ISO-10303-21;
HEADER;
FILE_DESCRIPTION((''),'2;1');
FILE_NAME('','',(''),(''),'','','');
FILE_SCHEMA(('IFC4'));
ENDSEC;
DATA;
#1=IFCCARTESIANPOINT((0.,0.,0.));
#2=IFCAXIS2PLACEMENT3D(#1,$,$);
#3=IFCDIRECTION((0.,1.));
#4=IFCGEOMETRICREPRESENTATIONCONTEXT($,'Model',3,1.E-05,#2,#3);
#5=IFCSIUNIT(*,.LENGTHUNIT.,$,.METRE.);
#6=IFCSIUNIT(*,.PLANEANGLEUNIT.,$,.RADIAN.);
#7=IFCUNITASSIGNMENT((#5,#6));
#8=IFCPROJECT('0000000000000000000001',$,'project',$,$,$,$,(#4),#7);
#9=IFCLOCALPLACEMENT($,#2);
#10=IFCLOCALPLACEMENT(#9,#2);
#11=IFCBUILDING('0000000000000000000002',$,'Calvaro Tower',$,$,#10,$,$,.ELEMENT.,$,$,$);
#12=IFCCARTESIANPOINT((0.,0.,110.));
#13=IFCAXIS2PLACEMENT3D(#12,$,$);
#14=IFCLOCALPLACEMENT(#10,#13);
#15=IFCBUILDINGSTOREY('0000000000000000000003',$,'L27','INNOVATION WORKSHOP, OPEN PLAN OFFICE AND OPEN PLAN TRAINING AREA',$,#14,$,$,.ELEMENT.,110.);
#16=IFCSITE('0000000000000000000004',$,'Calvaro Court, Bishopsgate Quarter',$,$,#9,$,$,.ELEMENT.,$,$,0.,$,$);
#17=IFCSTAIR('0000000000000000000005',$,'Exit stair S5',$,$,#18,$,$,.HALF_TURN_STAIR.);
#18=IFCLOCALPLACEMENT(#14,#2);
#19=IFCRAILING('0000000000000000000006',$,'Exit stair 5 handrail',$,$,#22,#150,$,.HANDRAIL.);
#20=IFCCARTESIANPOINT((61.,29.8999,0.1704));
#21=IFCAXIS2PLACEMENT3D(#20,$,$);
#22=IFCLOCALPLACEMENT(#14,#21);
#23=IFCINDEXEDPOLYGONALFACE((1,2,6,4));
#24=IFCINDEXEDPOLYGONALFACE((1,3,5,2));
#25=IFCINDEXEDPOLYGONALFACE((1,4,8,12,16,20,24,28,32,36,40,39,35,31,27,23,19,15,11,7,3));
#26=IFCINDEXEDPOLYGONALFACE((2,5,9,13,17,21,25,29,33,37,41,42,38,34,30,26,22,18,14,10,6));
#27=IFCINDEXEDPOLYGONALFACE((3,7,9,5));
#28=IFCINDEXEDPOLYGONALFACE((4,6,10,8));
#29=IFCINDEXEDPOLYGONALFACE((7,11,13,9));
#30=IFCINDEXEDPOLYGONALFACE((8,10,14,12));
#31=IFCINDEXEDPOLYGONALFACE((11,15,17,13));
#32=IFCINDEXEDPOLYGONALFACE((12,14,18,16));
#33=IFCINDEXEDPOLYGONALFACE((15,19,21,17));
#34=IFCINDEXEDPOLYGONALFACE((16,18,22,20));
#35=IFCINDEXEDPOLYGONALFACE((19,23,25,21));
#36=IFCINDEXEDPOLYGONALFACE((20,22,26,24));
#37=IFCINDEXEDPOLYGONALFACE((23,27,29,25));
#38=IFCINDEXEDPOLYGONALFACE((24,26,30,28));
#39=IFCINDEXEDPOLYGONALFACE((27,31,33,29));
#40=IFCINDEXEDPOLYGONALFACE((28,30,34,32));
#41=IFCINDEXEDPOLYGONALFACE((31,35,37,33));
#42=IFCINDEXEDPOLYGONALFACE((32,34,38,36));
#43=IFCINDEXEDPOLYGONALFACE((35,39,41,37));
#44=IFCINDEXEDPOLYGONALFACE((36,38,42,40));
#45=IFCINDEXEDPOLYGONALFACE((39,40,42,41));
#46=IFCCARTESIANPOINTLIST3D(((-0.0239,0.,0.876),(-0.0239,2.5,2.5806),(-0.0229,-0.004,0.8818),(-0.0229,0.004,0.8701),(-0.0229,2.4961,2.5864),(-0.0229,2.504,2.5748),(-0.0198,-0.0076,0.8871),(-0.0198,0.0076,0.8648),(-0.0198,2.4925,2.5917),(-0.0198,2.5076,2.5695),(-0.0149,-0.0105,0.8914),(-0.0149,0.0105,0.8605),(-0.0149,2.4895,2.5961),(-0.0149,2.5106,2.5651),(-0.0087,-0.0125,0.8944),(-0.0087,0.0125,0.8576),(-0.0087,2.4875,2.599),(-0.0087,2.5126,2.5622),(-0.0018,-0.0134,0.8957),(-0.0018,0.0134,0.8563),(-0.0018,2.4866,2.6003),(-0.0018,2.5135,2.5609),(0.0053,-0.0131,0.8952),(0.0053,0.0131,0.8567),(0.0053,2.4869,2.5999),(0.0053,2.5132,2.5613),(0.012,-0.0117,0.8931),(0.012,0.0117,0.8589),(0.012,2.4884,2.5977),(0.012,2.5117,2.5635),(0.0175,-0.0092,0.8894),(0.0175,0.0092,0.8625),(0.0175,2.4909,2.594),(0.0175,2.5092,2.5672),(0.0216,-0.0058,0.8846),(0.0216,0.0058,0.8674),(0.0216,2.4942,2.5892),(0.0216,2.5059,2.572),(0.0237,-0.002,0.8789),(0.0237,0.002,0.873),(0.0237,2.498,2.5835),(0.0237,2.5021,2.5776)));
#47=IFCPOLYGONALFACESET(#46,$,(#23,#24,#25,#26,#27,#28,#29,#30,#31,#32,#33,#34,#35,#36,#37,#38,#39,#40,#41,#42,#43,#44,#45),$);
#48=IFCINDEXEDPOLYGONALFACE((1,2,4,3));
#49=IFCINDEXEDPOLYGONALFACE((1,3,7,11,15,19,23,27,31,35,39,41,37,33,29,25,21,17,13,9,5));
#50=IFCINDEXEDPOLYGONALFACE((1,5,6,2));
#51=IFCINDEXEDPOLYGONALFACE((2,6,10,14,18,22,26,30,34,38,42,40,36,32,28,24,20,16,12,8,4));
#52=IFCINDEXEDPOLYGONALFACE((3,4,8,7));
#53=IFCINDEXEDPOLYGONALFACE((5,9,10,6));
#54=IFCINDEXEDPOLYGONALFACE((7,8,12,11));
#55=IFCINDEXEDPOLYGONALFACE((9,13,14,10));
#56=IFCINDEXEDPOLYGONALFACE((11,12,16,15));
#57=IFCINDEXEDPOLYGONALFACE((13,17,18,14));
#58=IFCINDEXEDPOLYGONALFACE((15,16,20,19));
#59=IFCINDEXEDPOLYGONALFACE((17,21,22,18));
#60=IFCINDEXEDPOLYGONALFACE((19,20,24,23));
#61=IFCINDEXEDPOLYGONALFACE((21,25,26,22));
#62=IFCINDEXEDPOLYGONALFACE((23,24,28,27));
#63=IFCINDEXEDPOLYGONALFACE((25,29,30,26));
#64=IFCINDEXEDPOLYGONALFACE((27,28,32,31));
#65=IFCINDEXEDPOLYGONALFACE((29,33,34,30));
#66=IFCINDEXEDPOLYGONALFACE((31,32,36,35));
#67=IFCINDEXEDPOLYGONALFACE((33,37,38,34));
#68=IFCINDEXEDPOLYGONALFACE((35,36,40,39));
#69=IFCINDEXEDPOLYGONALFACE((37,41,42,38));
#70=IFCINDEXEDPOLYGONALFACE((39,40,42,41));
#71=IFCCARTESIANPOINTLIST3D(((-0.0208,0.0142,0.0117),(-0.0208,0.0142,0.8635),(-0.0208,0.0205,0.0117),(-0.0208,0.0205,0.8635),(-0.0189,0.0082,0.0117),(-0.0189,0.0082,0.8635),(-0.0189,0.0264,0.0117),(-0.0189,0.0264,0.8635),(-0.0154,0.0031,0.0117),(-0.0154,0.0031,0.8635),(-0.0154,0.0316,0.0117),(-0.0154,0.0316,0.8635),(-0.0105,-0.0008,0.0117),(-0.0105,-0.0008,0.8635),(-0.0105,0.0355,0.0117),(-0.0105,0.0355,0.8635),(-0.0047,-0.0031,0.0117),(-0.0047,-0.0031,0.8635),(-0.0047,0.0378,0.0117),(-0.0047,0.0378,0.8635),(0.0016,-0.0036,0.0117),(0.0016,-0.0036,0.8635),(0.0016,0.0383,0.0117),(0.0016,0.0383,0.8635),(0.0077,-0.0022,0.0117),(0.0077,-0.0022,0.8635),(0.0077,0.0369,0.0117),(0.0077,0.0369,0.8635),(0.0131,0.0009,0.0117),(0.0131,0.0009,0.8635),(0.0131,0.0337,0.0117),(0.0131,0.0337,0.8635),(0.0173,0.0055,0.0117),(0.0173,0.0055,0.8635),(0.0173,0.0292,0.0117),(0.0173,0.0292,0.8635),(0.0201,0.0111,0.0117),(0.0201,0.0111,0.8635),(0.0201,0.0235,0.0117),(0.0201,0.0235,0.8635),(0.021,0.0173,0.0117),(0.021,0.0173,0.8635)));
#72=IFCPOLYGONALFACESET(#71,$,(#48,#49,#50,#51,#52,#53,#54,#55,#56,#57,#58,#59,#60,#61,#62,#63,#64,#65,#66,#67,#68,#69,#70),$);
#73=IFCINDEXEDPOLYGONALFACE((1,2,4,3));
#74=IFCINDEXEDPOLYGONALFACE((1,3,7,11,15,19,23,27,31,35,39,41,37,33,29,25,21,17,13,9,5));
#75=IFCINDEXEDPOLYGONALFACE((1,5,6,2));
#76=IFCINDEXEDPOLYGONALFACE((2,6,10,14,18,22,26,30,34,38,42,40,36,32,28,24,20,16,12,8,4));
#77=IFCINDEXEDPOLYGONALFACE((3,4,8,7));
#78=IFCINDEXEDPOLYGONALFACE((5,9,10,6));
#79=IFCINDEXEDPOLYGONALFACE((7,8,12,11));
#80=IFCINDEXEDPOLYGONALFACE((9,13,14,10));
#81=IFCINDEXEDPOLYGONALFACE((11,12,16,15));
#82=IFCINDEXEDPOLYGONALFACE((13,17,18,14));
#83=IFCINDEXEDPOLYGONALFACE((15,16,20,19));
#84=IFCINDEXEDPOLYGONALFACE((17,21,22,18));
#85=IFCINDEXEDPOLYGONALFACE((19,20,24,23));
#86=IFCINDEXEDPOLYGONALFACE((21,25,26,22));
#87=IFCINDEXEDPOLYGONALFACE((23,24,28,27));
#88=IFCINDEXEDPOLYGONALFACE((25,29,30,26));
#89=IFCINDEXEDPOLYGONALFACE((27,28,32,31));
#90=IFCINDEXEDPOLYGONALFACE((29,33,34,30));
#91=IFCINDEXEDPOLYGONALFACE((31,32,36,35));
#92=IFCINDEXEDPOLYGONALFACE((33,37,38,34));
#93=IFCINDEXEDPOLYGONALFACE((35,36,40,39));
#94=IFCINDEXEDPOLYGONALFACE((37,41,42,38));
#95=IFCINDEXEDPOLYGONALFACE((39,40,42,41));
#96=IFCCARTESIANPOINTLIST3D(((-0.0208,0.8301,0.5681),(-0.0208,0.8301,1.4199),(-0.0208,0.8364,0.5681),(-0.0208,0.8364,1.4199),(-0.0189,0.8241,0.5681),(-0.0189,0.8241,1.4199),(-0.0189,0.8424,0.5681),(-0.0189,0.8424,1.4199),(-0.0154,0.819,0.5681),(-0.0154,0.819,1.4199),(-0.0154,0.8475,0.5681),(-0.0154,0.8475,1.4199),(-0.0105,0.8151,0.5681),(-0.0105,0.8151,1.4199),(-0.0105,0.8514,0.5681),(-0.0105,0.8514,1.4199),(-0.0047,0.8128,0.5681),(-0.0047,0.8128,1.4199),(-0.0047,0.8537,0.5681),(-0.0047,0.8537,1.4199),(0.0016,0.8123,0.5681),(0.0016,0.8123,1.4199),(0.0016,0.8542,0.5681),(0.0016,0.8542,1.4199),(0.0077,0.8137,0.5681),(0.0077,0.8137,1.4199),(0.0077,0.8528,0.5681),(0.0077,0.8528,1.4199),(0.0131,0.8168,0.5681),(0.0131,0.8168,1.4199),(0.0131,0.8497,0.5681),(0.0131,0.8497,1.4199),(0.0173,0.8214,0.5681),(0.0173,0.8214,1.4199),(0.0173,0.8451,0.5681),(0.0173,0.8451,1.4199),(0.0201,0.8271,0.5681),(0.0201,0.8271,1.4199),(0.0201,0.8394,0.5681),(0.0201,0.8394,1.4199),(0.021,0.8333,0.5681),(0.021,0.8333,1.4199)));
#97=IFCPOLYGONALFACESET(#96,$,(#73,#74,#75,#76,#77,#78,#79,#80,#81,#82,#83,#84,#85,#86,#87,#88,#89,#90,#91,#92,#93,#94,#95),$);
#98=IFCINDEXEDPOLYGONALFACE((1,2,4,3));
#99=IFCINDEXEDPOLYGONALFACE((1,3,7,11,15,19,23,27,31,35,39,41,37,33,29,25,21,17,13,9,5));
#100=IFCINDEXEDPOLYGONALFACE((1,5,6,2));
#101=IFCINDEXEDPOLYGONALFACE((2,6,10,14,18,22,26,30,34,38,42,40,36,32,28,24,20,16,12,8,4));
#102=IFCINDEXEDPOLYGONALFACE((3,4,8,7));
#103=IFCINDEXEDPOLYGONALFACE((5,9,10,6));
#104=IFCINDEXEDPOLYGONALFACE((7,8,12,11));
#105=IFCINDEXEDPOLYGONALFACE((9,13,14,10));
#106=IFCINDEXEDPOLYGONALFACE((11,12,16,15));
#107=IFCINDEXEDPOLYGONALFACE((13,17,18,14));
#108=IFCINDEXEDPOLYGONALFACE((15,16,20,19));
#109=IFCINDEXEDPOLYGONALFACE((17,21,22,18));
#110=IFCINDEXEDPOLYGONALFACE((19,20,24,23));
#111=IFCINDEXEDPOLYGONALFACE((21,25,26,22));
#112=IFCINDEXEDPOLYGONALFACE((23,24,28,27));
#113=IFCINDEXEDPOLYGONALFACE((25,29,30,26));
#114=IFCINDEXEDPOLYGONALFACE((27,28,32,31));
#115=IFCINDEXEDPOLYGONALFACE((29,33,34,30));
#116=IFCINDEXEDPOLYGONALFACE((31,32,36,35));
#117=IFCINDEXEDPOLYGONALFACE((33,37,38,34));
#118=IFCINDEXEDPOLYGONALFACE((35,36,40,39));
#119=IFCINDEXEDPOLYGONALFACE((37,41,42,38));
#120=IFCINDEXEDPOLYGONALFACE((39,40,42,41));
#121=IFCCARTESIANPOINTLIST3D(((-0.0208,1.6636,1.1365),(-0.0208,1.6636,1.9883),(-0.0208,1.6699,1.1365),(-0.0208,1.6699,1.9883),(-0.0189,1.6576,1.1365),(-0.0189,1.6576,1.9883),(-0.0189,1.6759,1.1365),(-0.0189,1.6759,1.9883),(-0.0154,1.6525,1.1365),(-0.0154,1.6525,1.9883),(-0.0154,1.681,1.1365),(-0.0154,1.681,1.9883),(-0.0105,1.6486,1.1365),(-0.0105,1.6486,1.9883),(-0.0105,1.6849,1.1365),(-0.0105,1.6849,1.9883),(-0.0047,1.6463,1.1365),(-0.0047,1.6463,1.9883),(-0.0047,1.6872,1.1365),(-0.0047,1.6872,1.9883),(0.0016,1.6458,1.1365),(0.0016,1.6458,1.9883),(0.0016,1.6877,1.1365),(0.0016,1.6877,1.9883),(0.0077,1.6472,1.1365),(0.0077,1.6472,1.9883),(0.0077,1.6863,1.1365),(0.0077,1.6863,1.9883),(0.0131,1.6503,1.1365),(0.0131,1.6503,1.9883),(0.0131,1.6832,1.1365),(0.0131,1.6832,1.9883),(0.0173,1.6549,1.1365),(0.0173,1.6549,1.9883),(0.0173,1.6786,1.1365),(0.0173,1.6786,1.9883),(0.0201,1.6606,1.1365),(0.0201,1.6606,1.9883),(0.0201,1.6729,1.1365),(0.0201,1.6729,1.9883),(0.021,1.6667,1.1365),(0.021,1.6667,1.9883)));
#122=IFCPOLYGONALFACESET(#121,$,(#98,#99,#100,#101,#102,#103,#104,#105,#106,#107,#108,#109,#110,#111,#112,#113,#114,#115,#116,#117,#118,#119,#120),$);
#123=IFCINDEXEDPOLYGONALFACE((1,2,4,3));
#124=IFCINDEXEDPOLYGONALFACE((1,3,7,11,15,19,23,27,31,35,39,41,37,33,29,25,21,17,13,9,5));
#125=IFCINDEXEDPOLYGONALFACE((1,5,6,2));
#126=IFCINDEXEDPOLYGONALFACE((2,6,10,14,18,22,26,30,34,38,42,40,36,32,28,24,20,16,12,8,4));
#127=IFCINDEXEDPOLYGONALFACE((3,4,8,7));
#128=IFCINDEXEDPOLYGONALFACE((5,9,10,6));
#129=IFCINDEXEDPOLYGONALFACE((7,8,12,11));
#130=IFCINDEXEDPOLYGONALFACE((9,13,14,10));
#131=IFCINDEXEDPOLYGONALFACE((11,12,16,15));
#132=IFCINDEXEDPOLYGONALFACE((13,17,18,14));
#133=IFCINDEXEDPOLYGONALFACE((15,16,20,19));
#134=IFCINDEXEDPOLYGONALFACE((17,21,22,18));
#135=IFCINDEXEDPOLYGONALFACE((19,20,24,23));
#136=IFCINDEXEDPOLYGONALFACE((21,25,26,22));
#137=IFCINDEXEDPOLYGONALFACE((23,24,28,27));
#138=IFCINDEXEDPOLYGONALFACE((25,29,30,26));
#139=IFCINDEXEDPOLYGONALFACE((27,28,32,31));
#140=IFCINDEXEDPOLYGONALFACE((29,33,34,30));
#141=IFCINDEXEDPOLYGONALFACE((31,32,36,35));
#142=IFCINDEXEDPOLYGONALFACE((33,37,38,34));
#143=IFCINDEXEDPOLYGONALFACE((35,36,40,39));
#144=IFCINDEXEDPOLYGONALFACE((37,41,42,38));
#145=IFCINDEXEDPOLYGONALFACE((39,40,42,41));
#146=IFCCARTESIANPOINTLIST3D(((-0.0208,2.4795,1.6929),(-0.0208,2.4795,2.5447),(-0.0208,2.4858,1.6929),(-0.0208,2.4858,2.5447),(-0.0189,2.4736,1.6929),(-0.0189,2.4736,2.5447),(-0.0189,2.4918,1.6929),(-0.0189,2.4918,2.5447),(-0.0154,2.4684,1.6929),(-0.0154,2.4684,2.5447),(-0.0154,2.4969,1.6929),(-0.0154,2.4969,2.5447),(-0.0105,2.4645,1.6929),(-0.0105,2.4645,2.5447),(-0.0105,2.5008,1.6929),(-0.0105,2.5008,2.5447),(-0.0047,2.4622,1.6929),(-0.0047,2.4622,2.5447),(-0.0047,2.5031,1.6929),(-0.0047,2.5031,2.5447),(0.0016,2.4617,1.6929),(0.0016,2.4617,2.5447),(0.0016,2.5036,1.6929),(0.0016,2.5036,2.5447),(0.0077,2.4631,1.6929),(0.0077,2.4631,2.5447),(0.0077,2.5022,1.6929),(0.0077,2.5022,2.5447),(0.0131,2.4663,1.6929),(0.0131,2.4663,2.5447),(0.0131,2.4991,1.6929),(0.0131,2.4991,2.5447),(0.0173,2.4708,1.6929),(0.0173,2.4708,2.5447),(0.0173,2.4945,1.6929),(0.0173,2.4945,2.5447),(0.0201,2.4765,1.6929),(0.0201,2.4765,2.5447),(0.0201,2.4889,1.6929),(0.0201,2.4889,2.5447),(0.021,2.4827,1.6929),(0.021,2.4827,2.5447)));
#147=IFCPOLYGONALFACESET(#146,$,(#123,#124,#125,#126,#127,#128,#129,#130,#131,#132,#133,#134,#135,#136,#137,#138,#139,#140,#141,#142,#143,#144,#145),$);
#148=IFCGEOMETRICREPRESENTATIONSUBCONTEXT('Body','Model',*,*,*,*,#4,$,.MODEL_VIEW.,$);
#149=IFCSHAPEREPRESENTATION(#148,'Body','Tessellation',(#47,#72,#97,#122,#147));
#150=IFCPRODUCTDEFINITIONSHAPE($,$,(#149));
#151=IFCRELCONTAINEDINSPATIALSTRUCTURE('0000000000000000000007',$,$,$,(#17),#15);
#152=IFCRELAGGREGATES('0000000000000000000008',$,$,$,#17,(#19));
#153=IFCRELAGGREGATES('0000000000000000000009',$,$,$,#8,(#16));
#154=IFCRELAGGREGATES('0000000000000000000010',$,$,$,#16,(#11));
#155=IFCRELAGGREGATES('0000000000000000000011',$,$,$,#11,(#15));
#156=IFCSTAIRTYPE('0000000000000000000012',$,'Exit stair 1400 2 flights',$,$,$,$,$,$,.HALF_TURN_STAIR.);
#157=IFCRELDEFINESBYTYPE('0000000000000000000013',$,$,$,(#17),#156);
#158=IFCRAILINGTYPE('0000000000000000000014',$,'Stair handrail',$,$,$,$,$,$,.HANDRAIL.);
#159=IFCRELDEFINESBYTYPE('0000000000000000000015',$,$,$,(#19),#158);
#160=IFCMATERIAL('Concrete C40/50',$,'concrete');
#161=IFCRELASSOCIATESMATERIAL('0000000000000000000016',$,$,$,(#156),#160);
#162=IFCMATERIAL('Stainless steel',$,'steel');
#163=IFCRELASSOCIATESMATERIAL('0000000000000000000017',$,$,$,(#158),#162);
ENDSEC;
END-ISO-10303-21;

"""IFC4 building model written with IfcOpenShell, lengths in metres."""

from ifc_helpers import new_model, si_unit, direction, frame, origin, origin_2d, place, context, subcontext, project, spatial, circle, extrude, material, type_object, element, aggregate, save


model = new_model("IFC4")

# Units and contexts
model_context = context("Model", 3, precision=1e-05, world=origin(), true_north=direction((0.0, 1.0)))
body_context = subcontext(model_context, "Body", "Model", "MODEL_VIEW")
ifc_project = project(units=[si_unit("LENGTHUNIT", "METRE"), si_unit("PLANEANGLEUNIT", "RADIAN")], contexts=[model_context])

# Site, building, storey
site_placement = place(None, origin())
site = spatial("IfcSite", under=ifc_project, at=site_placement, Name="Calvaro Court, Bishopsgate Quarter", CompositionType="ELEMENT", RefElevation=0.0)
building_placement = place(site_placement, origin())
building = spatial("IfcBuilding", under=site, at=building_placement, Name="Calvaro Tower", CompositionType="ELEMENT")
storey_placement = place(building_placement, frame((0.0, 0.0, 110.0)))
storey = spatial("IfcBuildingStorey", under=building, at=storey_placement, Name="L27", Description="INNOVATION WORKSHOP, OPEN PLAN OFFICE AND OPEN PLAN TRAINING AREA", CompositionType="ELEMENT", Elevation=110.0)

# Stair
ifc_material_1 = material(Name="Concrete C40/50", Category="concrete")
stair_type = type_object("IfcStairType", Name="Exit stair 1400 2 flights", PredefinedType="HALF_TURN_STAIR", material=ifc_material_1)
stair_1_placement = place(storey_placement, origin())
stair_1 = element("IfcStair", 1, at=stair_1_placement, inside=storey, type_object=stair_type, Name="Exit stair S5", PredefinedType="HALF_TURN_STAIR")

# Railing
ifc_material_2 = material(Name="Stainless steel", Category="steel")
railing_type = type_object("IfcRailingType", Name="Stair handrail", PredefinedType="HANDRAIL", material=ifc_material_2)
railing_1_placement = place(storey_placement, frame((61.0, 29.8999, 0.1704)))
railing_1 = element("IfcRailing", 2, at=railing_1_placement, type_object=railing_type, Name="Exit stair 5 handrail", PredefinedType="HANDRAIL", context=body_context, shape_type="SweptSolid", body=[
    extrude(circle(Radius=0.0239, at=origin_2d()), frame((0.0, 0.0, 0.876), z_axis=(0.0, 0.826221, 0.563347), x_axis=(-1.0, 0.0, 0.0)), (0.0, 0.0, 1.0), 3.0259),
    extrude(circle(Radius=0.021, at=origin_2d()), frame((0.0, 0.0173, 0.0117)), (0.0, 0.0, 1.0), 0.8518),
    extrude(circle(Radius=0.021, at=origin_2d()), frame((0.0, 0.8333, 0.5681)), (0.0, 0.0, 1.0), 0.8518),
    extrude(circle(Radius=0.021, at=origin_2d()), frame((0.0, 1.6667, 1.1365)), (0.0, 0.0, 1.0), 0.8518),
    extrude(circle(Radius=0.021, at=origin_2d()), frame((0.0, 2.4827, 1.6929)), (0.0, 0.0, 1.0), 0.8518),
])
aggregate(stair_1, [railing_1])

save(model, "model.ifc")
